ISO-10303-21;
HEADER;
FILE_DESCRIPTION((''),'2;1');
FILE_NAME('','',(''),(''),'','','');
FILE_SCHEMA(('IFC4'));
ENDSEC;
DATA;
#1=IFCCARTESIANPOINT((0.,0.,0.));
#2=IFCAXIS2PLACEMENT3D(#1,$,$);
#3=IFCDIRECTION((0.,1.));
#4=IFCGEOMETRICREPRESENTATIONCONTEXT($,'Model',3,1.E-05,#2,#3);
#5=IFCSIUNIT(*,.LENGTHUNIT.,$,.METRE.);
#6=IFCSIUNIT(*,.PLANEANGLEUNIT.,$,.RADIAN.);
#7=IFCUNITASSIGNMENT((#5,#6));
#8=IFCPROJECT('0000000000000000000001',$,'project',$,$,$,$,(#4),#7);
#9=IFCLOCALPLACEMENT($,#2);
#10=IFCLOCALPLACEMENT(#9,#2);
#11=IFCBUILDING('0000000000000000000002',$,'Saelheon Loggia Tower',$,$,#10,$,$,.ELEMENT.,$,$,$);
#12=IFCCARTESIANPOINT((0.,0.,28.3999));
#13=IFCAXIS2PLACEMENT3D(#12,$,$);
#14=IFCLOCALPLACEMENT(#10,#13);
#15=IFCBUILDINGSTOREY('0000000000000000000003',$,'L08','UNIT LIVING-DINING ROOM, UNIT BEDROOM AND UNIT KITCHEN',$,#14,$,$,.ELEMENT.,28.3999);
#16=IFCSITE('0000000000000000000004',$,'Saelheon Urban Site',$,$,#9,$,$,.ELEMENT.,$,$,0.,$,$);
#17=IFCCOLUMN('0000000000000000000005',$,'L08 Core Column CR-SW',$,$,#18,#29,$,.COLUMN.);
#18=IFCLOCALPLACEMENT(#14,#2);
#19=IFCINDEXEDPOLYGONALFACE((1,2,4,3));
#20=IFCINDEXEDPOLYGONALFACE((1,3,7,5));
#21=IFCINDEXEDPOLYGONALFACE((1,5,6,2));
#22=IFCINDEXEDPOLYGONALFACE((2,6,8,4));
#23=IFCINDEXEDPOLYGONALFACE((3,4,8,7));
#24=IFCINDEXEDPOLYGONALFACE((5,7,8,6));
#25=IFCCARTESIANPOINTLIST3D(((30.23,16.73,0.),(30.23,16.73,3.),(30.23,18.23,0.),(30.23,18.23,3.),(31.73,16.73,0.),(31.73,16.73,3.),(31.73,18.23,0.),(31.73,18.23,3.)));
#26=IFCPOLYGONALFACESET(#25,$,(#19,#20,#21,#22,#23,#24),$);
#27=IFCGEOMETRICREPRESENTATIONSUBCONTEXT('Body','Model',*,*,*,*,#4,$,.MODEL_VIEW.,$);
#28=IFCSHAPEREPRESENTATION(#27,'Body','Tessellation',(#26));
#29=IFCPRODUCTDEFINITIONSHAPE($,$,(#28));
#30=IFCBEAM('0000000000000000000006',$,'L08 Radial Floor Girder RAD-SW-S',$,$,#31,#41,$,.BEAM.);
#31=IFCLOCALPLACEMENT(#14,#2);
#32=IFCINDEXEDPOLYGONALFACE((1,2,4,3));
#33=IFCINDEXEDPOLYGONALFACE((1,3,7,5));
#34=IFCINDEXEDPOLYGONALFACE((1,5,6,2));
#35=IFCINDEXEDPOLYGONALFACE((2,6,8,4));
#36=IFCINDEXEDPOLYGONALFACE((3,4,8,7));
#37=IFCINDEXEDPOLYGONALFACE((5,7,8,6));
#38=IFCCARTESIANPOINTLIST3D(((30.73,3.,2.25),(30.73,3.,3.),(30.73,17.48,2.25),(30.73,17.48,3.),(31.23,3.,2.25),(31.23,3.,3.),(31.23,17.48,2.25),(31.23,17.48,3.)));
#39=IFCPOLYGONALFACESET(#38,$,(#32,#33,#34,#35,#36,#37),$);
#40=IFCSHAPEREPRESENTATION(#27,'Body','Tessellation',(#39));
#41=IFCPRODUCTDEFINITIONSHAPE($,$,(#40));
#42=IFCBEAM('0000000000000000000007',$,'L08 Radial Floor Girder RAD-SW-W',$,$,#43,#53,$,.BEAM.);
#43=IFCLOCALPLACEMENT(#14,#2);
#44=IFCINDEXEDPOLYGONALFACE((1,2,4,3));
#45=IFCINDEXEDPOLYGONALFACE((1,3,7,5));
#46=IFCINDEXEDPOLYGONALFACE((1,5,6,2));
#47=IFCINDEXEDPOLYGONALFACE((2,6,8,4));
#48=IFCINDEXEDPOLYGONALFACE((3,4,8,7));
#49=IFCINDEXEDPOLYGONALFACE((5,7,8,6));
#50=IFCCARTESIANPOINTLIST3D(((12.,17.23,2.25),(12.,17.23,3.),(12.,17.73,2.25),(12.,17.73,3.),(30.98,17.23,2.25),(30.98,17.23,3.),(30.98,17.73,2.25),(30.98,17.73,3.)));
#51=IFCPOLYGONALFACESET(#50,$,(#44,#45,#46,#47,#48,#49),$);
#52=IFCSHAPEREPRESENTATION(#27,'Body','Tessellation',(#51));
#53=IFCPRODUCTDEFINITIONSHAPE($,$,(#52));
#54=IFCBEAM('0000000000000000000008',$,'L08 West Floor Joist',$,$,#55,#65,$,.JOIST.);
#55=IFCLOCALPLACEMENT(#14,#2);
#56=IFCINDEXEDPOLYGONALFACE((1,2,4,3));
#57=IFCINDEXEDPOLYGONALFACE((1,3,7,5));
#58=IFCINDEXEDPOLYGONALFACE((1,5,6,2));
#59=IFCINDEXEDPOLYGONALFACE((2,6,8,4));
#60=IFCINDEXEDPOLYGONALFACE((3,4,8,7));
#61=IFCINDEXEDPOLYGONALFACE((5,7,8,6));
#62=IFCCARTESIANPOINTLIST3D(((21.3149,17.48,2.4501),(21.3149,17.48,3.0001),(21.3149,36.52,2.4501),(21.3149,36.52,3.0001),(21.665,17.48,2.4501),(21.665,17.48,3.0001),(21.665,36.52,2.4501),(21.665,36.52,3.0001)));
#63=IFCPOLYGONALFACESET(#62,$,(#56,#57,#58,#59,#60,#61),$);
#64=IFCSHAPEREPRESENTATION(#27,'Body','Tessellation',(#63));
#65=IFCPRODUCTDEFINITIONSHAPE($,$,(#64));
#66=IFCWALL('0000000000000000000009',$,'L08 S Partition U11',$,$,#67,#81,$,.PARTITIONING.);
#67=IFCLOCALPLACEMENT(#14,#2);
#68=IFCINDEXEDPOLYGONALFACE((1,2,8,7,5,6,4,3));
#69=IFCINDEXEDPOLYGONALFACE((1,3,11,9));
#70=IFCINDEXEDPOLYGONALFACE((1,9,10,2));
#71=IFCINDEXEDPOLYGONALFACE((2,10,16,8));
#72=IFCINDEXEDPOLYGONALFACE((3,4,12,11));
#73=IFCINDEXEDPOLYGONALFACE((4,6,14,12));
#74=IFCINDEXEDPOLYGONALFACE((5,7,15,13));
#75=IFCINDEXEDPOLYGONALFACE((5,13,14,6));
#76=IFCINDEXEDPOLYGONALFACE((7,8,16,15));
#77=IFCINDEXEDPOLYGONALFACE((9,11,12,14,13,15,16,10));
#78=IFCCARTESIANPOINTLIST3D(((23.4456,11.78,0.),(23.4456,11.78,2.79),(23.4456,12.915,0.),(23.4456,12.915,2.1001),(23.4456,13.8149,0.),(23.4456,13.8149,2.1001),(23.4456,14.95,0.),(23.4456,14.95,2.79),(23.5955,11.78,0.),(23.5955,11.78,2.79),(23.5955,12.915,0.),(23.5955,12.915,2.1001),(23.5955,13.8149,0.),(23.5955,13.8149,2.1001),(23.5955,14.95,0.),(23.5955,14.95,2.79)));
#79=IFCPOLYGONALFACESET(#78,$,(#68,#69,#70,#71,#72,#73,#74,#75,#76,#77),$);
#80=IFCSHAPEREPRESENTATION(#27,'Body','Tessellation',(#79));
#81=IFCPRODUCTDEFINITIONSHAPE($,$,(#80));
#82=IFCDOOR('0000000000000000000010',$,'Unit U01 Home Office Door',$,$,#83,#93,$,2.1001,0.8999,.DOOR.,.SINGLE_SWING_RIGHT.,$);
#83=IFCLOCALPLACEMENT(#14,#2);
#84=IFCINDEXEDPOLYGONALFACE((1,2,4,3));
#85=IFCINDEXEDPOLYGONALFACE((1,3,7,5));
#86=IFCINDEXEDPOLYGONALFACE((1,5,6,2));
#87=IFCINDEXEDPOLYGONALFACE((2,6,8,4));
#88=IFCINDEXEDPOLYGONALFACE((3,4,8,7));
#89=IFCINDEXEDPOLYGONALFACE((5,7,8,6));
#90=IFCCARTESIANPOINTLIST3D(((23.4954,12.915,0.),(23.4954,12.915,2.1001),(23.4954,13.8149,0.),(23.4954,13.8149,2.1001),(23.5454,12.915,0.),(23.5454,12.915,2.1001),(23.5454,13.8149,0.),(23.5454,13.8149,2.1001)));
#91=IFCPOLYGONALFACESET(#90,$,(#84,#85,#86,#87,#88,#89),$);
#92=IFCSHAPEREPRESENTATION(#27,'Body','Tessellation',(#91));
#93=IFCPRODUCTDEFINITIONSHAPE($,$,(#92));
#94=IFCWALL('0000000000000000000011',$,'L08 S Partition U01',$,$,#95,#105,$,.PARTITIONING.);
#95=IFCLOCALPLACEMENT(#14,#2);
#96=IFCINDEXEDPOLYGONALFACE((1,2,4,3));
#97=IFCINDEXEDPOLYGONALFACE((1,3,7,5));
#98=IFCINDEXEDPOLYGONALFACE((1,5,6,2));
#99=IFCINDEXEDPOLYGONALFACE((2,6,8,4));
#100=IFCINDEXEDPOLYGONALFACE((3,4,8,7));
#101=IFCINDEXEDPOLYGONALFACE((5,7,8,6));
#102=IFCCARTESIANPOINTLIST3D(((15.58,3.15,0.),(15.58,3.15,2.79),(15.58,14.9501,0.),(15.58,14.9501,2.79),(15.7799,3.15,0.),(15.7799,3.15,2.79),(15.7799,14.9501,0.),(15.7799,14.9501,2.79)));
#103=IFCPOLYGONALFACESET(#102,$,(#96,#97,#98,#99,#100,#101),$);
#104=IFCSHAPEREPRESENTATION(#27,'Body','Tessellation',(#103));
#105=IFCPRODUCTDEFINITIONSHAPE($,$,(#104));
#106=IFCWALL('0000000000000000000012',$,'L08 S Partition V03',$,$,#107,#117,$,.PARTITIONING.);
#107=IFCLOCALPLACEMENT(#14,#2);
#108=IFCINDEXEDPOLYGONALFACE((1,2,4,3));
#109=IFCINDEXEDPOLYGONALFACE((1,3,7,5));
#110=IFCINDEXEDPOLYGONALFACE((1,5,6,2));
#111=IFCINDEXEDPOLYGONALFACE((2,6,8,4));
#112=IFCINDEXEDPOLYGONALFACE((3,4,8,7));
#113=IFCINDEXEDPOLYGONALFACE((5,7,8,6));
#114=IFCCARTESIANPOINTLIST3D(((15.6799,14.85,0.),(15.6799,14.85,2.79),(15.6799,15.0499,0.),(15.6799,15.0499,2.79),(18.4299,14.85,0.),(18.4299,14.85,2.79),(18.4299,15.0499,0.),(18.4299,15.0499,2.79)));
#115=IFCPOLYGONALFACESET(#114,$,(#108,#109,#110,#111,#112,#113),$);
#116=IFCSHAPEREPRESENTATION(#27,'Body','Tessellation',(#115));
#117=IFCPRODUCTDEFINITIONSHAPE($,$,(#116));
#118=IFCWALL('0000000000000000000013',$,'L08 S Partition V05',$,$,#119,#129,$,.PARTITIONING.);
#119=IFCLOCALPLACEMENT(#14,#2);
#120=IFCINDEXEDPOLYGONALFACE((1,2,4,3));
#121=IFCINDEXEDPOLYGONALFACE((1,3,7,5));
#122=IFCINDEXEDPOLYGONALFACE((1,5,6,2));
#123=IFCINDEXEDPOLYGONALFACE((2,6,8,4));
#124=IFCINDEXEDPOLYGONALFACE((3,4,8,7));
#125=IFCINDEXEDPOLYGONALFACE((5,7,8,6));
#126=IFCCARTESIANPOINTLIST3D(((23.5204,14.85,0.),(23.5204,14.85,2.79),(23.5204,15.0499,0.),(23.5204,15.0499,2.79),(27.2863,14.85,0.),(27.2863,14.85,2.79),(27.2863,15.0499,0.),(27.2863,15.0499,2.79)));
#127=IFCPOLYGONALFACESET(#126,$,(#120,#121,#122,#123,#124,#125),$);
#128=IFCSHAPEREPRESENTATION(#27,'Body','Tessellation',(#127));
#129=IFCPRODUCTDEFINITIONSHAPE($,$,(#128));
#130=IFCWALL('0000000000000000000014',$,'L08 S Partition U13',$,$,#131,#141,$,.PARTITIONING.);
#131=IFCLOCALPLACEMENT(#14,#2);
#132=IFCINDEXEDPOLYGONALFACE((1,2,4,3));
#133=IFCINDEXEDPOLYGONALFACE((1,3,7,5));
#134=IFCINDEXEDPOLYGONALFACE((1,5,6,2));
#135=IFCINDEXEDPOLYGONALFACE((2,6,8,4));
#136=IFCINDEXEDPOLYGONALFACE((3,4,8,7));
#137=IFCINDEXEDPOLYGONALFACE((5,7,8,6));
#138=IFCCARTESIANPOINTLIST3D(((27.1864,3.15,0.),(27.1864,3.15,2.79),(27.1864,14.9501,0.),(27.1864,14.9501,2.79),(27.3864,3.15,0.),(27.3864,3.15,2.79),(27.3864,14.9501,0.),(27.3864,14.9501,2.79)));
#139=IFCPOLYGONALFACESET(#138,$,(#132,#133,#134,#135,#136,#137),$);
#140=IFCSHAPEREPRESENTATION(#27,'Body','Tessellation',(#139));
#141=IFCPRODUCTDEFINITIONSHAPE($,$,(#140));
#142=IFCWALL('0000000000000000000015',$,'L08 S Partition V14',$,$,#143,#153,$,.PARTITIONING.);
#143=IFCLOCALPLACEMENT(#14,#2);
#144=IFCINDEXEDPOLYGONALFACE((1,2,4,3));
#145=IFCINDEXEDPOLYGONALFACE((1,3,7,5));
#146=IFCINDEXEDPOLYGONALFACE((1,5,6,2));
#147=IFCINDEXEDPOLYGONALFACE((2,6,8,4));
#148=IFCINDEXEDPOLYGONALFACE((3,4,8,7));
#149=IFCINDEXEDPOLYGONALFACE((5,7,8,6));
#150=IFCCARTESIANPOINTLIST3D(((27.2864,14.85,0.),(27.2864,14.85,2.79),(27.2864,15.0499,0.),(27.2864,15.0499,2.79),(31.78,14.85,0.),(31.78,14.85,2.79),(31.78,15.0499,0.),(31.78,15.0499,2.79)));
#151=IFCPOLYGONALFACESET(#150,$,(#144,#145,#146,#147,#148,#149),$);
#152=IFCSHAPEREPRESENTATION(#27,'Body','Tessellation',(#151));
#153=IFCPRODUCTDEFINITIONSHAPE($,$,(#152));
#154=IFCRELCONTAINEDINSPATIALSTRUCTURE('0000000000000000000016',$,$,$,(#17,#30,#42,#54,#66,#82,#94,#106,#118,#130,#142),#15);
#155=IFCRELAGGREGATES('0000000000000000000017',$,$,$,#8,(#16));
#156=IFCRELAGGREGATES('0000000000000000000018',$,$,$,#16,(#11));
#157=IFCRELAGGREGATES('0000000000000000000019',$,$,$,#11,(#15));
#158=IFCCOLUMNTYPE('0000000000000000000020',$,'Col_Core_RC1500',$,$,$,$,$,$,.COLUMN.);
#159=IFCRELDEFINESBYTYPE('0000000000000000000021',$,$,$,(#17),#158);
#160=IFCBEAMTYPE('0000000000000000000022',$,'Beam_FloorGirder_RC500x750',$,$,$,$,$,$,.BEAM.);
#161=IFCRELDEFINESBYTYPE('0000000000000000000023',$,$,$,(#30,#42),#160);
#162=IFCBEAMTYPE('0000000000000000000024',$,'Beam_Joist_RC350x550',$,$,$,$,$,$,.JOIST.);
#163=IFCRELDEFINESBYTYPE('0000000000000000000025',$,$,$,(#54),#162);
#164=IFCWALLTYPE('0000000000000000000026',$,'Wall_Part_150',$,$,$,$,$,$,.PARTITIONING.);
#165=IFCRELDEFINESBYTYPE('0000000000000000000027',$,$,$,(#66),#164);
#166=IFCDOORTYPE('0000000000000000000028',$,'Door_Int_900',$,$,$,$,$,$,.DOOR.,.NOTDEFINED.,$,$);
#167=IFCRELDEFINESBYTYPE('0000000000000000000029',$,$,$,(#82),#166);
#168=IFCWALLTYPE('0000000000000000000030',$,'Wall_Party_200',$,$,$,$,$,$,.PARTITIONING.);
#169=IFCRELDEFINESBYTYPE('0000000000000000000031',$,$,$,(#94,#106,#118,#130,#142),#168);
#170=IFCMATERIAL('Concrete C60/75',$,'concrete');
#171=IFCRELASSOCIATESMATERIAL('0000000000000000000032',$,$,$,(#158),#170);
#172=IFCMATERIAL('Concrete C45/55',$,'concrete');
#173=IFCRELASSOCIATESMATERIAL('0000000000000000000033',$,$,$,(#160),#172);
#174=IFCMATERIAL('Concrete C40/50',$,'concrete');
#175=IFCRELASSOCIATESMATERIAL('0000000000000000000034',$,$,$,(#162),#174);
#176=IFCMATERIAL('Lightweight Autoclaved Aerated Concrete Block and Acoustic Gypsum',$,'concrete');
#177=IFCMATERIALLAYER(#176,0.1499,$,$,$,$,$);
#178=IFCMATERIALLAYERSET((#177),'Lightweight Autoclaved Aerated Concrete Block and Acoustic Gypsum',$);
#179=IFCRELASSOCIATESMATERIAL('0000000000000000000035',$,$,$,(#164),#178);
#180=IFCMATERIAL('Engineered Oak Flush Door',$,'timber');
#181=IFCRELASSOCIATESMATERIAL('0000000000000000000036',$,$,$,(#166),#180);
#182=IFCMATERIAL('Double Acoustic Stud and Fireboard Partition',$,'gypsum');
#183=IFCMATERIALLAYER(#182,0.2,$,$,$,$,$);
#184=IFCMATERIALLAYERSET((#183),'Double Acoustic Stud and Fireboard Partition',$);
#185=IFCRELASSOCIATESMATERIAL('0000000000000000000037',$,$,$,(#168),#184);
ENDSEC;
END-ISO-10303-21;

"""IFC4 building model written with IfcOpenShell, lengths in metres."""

from ifc_helpers import new_model, si_unit, direction, frame, frame_2d, origin, origin_2d, place, context, subcontext, project, spatial, rectangle, extrude, source, transform, mapped, material, layer, layer_set, material_profile, profile_set, type_object, element, fill, save


model = new_model("IFC4")

# Units and contexts
model_context = context("Model", 3, precision=1e-05, world=origin(), true_north=direction((0.0, 1.0)))
body_context = subcontext(model_context, "Body", "Model", "MODEL_VIEW")
ifc_project = project(units=[si_unit("LENGTHUNIT", "METRE"), si_unit("PLANEANGLEUNIT", "RADIAN")], contexts=[model_context])

# Site, building, storey
site_placement = place(None, origin())
site = spatial("IfcSite", under=ifc_project, at=site_placement, Name="Saelheon Urban Site", CompositionType="ELEMENT", RefElevation=0.0)
building_placement = place(site_placement, origin())
building = spatial("IfcBuilding", under=site, at=building_placement, Name="Saelheon Loggia Tower", CompositionType="ELEMENT")
storey_placement = place(building_placement, frame((0.0, 0.0, 28.3999)))
storey = spatial("IfcBuildingStorey", under=building, at=storey_placement, Name="L08", Description="UNIT LIVING-DINING ROOM, UNIT BEDROOM AND UNIT KITCHEN", CompositionType="ELEMENT", Elevation=28.3999)

# Column
ifc_material_1 = material(Name="Concrete C60/75", Category="concrete")
ifc_material_profile_1 = material_profile(ifc_material_1, rectangle(XDim=1.5, YDim=1.5, at=origin_2d()), Name="RC-1500x1500")
ifc_profile_set_1 = profile_set([ifc_material_profile_1], Name="Concrete C60/75")
column_type = type_object("IfcColumnType", Name="Col_Core_RC1500", PredefinedType="COLUMN", material=ifc_profile_set_1)
shared_shape_1 = source(origin(), body_context, "Body", "SweptSolid", [
    extrude(rectangle(XDim=1.5, YDim=1.5, at=origin_2d()), origin(), (0.0, 0.0, 1.0), 3.0),
])
column_placement = place(storey_placement, frame((30.98, 17.48, 0.0), z_axis=(0.0, 0.0, 1.0), x_axis=(1.0, 0.0, 0.0)))
element("IfcColumn", 1, at=column_placement, inside=storey, type_object=column_type, Name="L08 Core Column CR-SW", PredefinedType="COLUMN", context=body_context, shape_type="MappedRepresentation", body=[
    mapped(shared_shape_1, transform((0.0, 0.0, 0.0), scale=1.0)),
])

# Beams
ifc_material_2 = material(Name="Concrete C45/55", Category="concrete")
ifc_material_profile_2 = material_profile(ifc_material_2, rectangle(XDim=0.5, YDim=0.75, at=origin_2d()), Name="RC-500x750")
ifc_profile_set_2 = profile_set([ifc_material_profile_2], Name="Concrete C45/55")
beam_type_1 = type_object("IfcBeamType", Name="Beam_FloorGirder_RC500x750", PredefinedType="BEAM", material=ifc_profile_set_2)
shared_shape_2 = source(origin(), body_context, "Body", "SweptSolid", [
    extrude(rectangle(XDim=0.5, YDim=0.75, at=origin_2d()), origin(), (0.0, 0.0, 1.0), 14.48),
])
beam_1_placement = place(storey_placement, frame((30.98, 17.48, 2.625), z_axis=(0.0, -1.0, 0.0), x_axis=(1.0, 0.0, 0.0)))
element("IfcBeam", 2, at=beam_1_placement, inside=storey, type_object=beam_type_1, Name="L08 Radial Floor Girder RAD-SW-S", PredefinedType="BEAM", context=body_context, shape_type="MappedRepresentation", body=[
    mapped(shared_shape_2, transform((0.0, 0.0, 0.0), scale=1.0)),
])
shared_shape_3 = source(origin(), body_context, "Body", "SweptSolid", [
    extrude(rectangle(XDim=0.5, YDim=0.75, at=origin_2d()), origin(), (0.0, 0.0, 1.0), 18.98),
])
beam_2_placement = place(storey_placement, frame((30.98, 17.48, 2.625), z_axis=(-1.0, 0.0, 0.0), x_axis=(0.0, -1.0, 0.0)))
element("IfcBeam", 3, at=beam_2_placement, inside=storey, type_object=beam_type_1, Name="L08 Radial Floor Girder RAD-SW-W", PredefinedType="BEAM", context=body_context, shape_type="MappedRepresentation", body=[
    mapped(shared_shape_3, transform((0.0, 0.0, 0.0), scale=1.0)),
])
ifc_material_3 = material(Name="Concrete C40/50", Category="concrete")
ifc_material_profile_3 = material_profile(ifc_material_3, rectangle(XDim=0.3501, YDim=0.55, at=origin_2d()), Name="RC-350x550")
ifc_profile_set_3 = profile_set([ifc_material_profile_3], Name="Concrete C40/50")
beam_type_2 = type_object("IfcBeamType", Name="Beam_Joist_RC350x550", PredefinedType="JOIST", material=ifc_profile_set_3)
shared_shape_4 = source(origin(), body_context, "Body", "SweptSolid", [
    extrude(rectangle(XDim=0.3501, YDim=0.55, at=origin_2d()), origin(), (0.0, 0.0, 1.0), 19.04),
])
beam_3_placement = place(storey_placement, frame((21.49, 17.48, 2.7251), z_axis=(0.0, 1.0, 0.0), x_axis=(-1.0, 0.0, 0.0)))
element("IfcBeam", 4, at=beam_3_placement, inside=storey, type_object=beam_type_2, Name="L08 West Floor Joist", PredefinedType="JOIST", context=body_context, shape_type="MappedRepresentation", body=[
    mapped(shared_shape_4, transform((0.0, 0.0, 0.0), scale=1.0)),
])

# Wall, opening, door
ifc_material_4 = material(Name="Lightweight Autoclaved Aerated Concrete Block and Acoustic Gypsum", Category="concrete")
ifc_layer_1 = layer(ifc_material_4, 0.1499)
ifc_layer_set_1 = layer_set([ifc_layer_1], Name="Lightweight Autoclaved Aerated Concrete Block and Acoustic Gypsum")
wall_type_1 = type_object("IfcWallType", Name="Wall_Part_150", PredefinedType="PARTITIONING", material=ifc_layer_set_1)
wall_1_placement = place(storey_placement, frame((23.5205, 14.95, 0.0), z_axis=(0.0, 0.0, 1.0), x_axis=(0.0, -1.0, 0.0)))
wall_1 = element("IfcWall", 5, at=wall_1_placement, inside=storey, type_object=wall_type_1, Name="L08 S Partition U11", PredefinedType="PARTITIONING", context=body_context, shape_type="SweptSolid", body=[
    extrude(rectangle(XDim=3.1699, YDim=0.1499, at=frame_2d((1.585, 0.0))), origin(), (0.0, 0.0, 1.0), 2.79),
])
opening_1_placement = place(wall_1_placement, frame((1.135, 0.0, 0.0)))
opening_1 = element("IfcOpeningElement", 6, at=opening_1_placement, cuts=wall_1, PredefinedType="OPENING", context=body_context, shape_type="SweptSolid", body=[
    extrude(rectangle(XDim=0.8999, YDim=2.1001, at=frame_2d((0.45, 1.05))), frame((0.0, 0.0869, 0.0), z_axis=(0.0, -1.0, 0.0), x_axis=(1.0, 0.0, 0.0)), (0.0, 0.0, 1.0), 0.1738),
])
ifc_material_5 = material(Name="Engineered Oak Flush Door", Category="timber")
door_type_1 = type_object("IfcDoorType", Name="Door_Int_900", OperationType="NOTDEFINED", PredefinedType="DOOR", material=ifc_material_5)
shared_shape_5 = source(origin(), body_context, "Body", "SweptSolid", [
    extrude(rectangle(XDim=0.8999, YDim=2.1001, at=frame_2d((0.45, 1.05))), frame((0.0, 0.0249, 0.0), z_axis=(0.0, -1.0, 0.0), x_axis=(1.0, 0.0, 0.0)), (0.0, 0.0, 1.0), 0.05),
])
door_1_placement = place(opening_1_placement, origin())
door_1 = element("IfcDoor", 7, at=door_1_placement, inside=storey, type_object=door_type_1, Name="Unit U01 Home Office Door", OperationType="SINGLE_SWING_RIGHT", OverallHeight=2.1001, OverallWidth=0.8999, PredefinedType="DOOR", context=body_context, shape_type="MappedRepresentation", body=[
    mapped(shared_shape_5, transform((0.0, 0.0, 0.0), scale=1.0)),
])
fill(opening_1, door_1)

# Walls
ifc_material_6 = material(Name="Double Acoustic Stud and Fireboard Partition", Category="gypsum")
ifc_layer_2 = layer(ifc_material_6, 0.2)
ifc_layer_set_2 = layer_set([ifc_layer_2], Name="Double Acoustic Stud and Fireboard Partition")
wall_type_2 = type_object("IfcWallType", Name="Wall_Party_200", PredefinedType="PARTITIONING", material=ifc_layer_set_2)
wall_2_placement = place(storey_placement, frame((15.6799, 14.95, 0.0), z_axis=(0.0, 0.0, 1.0), x_axis=(0.0, -1.0, 0.0)))
element("IfcWall", 8, at=wall_2_placement, inside=storey, type_object=wall_type_2, Name="L08 S Partition U01", PredefinedType="PARTITIONING", context=body_context, shape_type="SweptSolid", body=[
    extrude(rectangle(XDim=11.8, YDim=0.2, at=frame_2d((5.8999, 0.0))), origin(), (0.0, 0.0, 1.0), 2.79),
])
wall_3_placement = place(storey_placement, frame((15.6799, 14.95, 0.0), z_axis=(0.0, 0.0, 1.0), x_axis=(1.0, 0.0, 0.0)))
element("IfcWall", 9, at=wall_3_placement, inside=storey, type_object=wall_type_2, Name="L08 S Partition V03", PredefinedType="PARTITIONING", context=body_context, shape_type="SweptSolid", body=[
    extrude(rectangle(XDim=2.75, YDim=0.2, at=frame_2d((1.375, 0.0))), origin(), (0.0, 0.0, 1.0), 2.79),
])

# Walls
wall_4_placement = place(storey_placement, frame((23.5205, 14.95, 0.0), z_axis=(0.0, 0.0, 1.0), x_axis=(1.0, 0.0, 0.0)))
element("IfcWall", 10, at=wall_4_placement, inside=storey, type_object=wall_type_2, Name="L08 S Partition V05", PredefinedType="PARTITIONING", context=body_context, shape_type="SweptSolid", body=[
    extrude(rectangle(XDim=3.7659, YDim=0.2, at=frame_2d((1.8828, 0.0))), origin(), (0.0, 0.0, 1.0), 2.79),
])
wall_5_placement = place(storey_placement, frame((27.2864, 14.95, 0.0), z_axis=(0.0, 0.0, 1.0), x_axis=(0.0, -1.0, 0.0)))
element("IfcWall", 11, at=wall_5_placement, inside=storey, type_object=wall_type_2, Name="L08 S Partition U13", PredefinedType="PARTITIONING", context=body_context, shape_type="SweptSolid", body=[
    extrude(rectangle(XDim=11.8, YDim=0.2, at=frame_2d((5.8999, 0.0))), origin(), (0.0, 0.0, 1.0), 2.79),
])
wall_6_placement = place(storey_placement, frame((27.2864, 14.95, 0.0), z_axis=(0.0, 0.0, 1.0), x_axis=(1.0, 0.0, 0.0)))
element("IfcWall", 12, at=wall_6_placement, inside=storey, type_object=wall_type_2, Name="L08 S Partition V14", PredefinedType="PARTITIONING", context=body_context, shape_type="SweptSolid", body=[
    extrude(rectangle(XDim=4.4937, YDim=0.2, at=frame_2d((2.2468, 0.0))), origin(), (0.0, 0.0, 1.0), 2.79),
])

save(model, "model.ifc")
